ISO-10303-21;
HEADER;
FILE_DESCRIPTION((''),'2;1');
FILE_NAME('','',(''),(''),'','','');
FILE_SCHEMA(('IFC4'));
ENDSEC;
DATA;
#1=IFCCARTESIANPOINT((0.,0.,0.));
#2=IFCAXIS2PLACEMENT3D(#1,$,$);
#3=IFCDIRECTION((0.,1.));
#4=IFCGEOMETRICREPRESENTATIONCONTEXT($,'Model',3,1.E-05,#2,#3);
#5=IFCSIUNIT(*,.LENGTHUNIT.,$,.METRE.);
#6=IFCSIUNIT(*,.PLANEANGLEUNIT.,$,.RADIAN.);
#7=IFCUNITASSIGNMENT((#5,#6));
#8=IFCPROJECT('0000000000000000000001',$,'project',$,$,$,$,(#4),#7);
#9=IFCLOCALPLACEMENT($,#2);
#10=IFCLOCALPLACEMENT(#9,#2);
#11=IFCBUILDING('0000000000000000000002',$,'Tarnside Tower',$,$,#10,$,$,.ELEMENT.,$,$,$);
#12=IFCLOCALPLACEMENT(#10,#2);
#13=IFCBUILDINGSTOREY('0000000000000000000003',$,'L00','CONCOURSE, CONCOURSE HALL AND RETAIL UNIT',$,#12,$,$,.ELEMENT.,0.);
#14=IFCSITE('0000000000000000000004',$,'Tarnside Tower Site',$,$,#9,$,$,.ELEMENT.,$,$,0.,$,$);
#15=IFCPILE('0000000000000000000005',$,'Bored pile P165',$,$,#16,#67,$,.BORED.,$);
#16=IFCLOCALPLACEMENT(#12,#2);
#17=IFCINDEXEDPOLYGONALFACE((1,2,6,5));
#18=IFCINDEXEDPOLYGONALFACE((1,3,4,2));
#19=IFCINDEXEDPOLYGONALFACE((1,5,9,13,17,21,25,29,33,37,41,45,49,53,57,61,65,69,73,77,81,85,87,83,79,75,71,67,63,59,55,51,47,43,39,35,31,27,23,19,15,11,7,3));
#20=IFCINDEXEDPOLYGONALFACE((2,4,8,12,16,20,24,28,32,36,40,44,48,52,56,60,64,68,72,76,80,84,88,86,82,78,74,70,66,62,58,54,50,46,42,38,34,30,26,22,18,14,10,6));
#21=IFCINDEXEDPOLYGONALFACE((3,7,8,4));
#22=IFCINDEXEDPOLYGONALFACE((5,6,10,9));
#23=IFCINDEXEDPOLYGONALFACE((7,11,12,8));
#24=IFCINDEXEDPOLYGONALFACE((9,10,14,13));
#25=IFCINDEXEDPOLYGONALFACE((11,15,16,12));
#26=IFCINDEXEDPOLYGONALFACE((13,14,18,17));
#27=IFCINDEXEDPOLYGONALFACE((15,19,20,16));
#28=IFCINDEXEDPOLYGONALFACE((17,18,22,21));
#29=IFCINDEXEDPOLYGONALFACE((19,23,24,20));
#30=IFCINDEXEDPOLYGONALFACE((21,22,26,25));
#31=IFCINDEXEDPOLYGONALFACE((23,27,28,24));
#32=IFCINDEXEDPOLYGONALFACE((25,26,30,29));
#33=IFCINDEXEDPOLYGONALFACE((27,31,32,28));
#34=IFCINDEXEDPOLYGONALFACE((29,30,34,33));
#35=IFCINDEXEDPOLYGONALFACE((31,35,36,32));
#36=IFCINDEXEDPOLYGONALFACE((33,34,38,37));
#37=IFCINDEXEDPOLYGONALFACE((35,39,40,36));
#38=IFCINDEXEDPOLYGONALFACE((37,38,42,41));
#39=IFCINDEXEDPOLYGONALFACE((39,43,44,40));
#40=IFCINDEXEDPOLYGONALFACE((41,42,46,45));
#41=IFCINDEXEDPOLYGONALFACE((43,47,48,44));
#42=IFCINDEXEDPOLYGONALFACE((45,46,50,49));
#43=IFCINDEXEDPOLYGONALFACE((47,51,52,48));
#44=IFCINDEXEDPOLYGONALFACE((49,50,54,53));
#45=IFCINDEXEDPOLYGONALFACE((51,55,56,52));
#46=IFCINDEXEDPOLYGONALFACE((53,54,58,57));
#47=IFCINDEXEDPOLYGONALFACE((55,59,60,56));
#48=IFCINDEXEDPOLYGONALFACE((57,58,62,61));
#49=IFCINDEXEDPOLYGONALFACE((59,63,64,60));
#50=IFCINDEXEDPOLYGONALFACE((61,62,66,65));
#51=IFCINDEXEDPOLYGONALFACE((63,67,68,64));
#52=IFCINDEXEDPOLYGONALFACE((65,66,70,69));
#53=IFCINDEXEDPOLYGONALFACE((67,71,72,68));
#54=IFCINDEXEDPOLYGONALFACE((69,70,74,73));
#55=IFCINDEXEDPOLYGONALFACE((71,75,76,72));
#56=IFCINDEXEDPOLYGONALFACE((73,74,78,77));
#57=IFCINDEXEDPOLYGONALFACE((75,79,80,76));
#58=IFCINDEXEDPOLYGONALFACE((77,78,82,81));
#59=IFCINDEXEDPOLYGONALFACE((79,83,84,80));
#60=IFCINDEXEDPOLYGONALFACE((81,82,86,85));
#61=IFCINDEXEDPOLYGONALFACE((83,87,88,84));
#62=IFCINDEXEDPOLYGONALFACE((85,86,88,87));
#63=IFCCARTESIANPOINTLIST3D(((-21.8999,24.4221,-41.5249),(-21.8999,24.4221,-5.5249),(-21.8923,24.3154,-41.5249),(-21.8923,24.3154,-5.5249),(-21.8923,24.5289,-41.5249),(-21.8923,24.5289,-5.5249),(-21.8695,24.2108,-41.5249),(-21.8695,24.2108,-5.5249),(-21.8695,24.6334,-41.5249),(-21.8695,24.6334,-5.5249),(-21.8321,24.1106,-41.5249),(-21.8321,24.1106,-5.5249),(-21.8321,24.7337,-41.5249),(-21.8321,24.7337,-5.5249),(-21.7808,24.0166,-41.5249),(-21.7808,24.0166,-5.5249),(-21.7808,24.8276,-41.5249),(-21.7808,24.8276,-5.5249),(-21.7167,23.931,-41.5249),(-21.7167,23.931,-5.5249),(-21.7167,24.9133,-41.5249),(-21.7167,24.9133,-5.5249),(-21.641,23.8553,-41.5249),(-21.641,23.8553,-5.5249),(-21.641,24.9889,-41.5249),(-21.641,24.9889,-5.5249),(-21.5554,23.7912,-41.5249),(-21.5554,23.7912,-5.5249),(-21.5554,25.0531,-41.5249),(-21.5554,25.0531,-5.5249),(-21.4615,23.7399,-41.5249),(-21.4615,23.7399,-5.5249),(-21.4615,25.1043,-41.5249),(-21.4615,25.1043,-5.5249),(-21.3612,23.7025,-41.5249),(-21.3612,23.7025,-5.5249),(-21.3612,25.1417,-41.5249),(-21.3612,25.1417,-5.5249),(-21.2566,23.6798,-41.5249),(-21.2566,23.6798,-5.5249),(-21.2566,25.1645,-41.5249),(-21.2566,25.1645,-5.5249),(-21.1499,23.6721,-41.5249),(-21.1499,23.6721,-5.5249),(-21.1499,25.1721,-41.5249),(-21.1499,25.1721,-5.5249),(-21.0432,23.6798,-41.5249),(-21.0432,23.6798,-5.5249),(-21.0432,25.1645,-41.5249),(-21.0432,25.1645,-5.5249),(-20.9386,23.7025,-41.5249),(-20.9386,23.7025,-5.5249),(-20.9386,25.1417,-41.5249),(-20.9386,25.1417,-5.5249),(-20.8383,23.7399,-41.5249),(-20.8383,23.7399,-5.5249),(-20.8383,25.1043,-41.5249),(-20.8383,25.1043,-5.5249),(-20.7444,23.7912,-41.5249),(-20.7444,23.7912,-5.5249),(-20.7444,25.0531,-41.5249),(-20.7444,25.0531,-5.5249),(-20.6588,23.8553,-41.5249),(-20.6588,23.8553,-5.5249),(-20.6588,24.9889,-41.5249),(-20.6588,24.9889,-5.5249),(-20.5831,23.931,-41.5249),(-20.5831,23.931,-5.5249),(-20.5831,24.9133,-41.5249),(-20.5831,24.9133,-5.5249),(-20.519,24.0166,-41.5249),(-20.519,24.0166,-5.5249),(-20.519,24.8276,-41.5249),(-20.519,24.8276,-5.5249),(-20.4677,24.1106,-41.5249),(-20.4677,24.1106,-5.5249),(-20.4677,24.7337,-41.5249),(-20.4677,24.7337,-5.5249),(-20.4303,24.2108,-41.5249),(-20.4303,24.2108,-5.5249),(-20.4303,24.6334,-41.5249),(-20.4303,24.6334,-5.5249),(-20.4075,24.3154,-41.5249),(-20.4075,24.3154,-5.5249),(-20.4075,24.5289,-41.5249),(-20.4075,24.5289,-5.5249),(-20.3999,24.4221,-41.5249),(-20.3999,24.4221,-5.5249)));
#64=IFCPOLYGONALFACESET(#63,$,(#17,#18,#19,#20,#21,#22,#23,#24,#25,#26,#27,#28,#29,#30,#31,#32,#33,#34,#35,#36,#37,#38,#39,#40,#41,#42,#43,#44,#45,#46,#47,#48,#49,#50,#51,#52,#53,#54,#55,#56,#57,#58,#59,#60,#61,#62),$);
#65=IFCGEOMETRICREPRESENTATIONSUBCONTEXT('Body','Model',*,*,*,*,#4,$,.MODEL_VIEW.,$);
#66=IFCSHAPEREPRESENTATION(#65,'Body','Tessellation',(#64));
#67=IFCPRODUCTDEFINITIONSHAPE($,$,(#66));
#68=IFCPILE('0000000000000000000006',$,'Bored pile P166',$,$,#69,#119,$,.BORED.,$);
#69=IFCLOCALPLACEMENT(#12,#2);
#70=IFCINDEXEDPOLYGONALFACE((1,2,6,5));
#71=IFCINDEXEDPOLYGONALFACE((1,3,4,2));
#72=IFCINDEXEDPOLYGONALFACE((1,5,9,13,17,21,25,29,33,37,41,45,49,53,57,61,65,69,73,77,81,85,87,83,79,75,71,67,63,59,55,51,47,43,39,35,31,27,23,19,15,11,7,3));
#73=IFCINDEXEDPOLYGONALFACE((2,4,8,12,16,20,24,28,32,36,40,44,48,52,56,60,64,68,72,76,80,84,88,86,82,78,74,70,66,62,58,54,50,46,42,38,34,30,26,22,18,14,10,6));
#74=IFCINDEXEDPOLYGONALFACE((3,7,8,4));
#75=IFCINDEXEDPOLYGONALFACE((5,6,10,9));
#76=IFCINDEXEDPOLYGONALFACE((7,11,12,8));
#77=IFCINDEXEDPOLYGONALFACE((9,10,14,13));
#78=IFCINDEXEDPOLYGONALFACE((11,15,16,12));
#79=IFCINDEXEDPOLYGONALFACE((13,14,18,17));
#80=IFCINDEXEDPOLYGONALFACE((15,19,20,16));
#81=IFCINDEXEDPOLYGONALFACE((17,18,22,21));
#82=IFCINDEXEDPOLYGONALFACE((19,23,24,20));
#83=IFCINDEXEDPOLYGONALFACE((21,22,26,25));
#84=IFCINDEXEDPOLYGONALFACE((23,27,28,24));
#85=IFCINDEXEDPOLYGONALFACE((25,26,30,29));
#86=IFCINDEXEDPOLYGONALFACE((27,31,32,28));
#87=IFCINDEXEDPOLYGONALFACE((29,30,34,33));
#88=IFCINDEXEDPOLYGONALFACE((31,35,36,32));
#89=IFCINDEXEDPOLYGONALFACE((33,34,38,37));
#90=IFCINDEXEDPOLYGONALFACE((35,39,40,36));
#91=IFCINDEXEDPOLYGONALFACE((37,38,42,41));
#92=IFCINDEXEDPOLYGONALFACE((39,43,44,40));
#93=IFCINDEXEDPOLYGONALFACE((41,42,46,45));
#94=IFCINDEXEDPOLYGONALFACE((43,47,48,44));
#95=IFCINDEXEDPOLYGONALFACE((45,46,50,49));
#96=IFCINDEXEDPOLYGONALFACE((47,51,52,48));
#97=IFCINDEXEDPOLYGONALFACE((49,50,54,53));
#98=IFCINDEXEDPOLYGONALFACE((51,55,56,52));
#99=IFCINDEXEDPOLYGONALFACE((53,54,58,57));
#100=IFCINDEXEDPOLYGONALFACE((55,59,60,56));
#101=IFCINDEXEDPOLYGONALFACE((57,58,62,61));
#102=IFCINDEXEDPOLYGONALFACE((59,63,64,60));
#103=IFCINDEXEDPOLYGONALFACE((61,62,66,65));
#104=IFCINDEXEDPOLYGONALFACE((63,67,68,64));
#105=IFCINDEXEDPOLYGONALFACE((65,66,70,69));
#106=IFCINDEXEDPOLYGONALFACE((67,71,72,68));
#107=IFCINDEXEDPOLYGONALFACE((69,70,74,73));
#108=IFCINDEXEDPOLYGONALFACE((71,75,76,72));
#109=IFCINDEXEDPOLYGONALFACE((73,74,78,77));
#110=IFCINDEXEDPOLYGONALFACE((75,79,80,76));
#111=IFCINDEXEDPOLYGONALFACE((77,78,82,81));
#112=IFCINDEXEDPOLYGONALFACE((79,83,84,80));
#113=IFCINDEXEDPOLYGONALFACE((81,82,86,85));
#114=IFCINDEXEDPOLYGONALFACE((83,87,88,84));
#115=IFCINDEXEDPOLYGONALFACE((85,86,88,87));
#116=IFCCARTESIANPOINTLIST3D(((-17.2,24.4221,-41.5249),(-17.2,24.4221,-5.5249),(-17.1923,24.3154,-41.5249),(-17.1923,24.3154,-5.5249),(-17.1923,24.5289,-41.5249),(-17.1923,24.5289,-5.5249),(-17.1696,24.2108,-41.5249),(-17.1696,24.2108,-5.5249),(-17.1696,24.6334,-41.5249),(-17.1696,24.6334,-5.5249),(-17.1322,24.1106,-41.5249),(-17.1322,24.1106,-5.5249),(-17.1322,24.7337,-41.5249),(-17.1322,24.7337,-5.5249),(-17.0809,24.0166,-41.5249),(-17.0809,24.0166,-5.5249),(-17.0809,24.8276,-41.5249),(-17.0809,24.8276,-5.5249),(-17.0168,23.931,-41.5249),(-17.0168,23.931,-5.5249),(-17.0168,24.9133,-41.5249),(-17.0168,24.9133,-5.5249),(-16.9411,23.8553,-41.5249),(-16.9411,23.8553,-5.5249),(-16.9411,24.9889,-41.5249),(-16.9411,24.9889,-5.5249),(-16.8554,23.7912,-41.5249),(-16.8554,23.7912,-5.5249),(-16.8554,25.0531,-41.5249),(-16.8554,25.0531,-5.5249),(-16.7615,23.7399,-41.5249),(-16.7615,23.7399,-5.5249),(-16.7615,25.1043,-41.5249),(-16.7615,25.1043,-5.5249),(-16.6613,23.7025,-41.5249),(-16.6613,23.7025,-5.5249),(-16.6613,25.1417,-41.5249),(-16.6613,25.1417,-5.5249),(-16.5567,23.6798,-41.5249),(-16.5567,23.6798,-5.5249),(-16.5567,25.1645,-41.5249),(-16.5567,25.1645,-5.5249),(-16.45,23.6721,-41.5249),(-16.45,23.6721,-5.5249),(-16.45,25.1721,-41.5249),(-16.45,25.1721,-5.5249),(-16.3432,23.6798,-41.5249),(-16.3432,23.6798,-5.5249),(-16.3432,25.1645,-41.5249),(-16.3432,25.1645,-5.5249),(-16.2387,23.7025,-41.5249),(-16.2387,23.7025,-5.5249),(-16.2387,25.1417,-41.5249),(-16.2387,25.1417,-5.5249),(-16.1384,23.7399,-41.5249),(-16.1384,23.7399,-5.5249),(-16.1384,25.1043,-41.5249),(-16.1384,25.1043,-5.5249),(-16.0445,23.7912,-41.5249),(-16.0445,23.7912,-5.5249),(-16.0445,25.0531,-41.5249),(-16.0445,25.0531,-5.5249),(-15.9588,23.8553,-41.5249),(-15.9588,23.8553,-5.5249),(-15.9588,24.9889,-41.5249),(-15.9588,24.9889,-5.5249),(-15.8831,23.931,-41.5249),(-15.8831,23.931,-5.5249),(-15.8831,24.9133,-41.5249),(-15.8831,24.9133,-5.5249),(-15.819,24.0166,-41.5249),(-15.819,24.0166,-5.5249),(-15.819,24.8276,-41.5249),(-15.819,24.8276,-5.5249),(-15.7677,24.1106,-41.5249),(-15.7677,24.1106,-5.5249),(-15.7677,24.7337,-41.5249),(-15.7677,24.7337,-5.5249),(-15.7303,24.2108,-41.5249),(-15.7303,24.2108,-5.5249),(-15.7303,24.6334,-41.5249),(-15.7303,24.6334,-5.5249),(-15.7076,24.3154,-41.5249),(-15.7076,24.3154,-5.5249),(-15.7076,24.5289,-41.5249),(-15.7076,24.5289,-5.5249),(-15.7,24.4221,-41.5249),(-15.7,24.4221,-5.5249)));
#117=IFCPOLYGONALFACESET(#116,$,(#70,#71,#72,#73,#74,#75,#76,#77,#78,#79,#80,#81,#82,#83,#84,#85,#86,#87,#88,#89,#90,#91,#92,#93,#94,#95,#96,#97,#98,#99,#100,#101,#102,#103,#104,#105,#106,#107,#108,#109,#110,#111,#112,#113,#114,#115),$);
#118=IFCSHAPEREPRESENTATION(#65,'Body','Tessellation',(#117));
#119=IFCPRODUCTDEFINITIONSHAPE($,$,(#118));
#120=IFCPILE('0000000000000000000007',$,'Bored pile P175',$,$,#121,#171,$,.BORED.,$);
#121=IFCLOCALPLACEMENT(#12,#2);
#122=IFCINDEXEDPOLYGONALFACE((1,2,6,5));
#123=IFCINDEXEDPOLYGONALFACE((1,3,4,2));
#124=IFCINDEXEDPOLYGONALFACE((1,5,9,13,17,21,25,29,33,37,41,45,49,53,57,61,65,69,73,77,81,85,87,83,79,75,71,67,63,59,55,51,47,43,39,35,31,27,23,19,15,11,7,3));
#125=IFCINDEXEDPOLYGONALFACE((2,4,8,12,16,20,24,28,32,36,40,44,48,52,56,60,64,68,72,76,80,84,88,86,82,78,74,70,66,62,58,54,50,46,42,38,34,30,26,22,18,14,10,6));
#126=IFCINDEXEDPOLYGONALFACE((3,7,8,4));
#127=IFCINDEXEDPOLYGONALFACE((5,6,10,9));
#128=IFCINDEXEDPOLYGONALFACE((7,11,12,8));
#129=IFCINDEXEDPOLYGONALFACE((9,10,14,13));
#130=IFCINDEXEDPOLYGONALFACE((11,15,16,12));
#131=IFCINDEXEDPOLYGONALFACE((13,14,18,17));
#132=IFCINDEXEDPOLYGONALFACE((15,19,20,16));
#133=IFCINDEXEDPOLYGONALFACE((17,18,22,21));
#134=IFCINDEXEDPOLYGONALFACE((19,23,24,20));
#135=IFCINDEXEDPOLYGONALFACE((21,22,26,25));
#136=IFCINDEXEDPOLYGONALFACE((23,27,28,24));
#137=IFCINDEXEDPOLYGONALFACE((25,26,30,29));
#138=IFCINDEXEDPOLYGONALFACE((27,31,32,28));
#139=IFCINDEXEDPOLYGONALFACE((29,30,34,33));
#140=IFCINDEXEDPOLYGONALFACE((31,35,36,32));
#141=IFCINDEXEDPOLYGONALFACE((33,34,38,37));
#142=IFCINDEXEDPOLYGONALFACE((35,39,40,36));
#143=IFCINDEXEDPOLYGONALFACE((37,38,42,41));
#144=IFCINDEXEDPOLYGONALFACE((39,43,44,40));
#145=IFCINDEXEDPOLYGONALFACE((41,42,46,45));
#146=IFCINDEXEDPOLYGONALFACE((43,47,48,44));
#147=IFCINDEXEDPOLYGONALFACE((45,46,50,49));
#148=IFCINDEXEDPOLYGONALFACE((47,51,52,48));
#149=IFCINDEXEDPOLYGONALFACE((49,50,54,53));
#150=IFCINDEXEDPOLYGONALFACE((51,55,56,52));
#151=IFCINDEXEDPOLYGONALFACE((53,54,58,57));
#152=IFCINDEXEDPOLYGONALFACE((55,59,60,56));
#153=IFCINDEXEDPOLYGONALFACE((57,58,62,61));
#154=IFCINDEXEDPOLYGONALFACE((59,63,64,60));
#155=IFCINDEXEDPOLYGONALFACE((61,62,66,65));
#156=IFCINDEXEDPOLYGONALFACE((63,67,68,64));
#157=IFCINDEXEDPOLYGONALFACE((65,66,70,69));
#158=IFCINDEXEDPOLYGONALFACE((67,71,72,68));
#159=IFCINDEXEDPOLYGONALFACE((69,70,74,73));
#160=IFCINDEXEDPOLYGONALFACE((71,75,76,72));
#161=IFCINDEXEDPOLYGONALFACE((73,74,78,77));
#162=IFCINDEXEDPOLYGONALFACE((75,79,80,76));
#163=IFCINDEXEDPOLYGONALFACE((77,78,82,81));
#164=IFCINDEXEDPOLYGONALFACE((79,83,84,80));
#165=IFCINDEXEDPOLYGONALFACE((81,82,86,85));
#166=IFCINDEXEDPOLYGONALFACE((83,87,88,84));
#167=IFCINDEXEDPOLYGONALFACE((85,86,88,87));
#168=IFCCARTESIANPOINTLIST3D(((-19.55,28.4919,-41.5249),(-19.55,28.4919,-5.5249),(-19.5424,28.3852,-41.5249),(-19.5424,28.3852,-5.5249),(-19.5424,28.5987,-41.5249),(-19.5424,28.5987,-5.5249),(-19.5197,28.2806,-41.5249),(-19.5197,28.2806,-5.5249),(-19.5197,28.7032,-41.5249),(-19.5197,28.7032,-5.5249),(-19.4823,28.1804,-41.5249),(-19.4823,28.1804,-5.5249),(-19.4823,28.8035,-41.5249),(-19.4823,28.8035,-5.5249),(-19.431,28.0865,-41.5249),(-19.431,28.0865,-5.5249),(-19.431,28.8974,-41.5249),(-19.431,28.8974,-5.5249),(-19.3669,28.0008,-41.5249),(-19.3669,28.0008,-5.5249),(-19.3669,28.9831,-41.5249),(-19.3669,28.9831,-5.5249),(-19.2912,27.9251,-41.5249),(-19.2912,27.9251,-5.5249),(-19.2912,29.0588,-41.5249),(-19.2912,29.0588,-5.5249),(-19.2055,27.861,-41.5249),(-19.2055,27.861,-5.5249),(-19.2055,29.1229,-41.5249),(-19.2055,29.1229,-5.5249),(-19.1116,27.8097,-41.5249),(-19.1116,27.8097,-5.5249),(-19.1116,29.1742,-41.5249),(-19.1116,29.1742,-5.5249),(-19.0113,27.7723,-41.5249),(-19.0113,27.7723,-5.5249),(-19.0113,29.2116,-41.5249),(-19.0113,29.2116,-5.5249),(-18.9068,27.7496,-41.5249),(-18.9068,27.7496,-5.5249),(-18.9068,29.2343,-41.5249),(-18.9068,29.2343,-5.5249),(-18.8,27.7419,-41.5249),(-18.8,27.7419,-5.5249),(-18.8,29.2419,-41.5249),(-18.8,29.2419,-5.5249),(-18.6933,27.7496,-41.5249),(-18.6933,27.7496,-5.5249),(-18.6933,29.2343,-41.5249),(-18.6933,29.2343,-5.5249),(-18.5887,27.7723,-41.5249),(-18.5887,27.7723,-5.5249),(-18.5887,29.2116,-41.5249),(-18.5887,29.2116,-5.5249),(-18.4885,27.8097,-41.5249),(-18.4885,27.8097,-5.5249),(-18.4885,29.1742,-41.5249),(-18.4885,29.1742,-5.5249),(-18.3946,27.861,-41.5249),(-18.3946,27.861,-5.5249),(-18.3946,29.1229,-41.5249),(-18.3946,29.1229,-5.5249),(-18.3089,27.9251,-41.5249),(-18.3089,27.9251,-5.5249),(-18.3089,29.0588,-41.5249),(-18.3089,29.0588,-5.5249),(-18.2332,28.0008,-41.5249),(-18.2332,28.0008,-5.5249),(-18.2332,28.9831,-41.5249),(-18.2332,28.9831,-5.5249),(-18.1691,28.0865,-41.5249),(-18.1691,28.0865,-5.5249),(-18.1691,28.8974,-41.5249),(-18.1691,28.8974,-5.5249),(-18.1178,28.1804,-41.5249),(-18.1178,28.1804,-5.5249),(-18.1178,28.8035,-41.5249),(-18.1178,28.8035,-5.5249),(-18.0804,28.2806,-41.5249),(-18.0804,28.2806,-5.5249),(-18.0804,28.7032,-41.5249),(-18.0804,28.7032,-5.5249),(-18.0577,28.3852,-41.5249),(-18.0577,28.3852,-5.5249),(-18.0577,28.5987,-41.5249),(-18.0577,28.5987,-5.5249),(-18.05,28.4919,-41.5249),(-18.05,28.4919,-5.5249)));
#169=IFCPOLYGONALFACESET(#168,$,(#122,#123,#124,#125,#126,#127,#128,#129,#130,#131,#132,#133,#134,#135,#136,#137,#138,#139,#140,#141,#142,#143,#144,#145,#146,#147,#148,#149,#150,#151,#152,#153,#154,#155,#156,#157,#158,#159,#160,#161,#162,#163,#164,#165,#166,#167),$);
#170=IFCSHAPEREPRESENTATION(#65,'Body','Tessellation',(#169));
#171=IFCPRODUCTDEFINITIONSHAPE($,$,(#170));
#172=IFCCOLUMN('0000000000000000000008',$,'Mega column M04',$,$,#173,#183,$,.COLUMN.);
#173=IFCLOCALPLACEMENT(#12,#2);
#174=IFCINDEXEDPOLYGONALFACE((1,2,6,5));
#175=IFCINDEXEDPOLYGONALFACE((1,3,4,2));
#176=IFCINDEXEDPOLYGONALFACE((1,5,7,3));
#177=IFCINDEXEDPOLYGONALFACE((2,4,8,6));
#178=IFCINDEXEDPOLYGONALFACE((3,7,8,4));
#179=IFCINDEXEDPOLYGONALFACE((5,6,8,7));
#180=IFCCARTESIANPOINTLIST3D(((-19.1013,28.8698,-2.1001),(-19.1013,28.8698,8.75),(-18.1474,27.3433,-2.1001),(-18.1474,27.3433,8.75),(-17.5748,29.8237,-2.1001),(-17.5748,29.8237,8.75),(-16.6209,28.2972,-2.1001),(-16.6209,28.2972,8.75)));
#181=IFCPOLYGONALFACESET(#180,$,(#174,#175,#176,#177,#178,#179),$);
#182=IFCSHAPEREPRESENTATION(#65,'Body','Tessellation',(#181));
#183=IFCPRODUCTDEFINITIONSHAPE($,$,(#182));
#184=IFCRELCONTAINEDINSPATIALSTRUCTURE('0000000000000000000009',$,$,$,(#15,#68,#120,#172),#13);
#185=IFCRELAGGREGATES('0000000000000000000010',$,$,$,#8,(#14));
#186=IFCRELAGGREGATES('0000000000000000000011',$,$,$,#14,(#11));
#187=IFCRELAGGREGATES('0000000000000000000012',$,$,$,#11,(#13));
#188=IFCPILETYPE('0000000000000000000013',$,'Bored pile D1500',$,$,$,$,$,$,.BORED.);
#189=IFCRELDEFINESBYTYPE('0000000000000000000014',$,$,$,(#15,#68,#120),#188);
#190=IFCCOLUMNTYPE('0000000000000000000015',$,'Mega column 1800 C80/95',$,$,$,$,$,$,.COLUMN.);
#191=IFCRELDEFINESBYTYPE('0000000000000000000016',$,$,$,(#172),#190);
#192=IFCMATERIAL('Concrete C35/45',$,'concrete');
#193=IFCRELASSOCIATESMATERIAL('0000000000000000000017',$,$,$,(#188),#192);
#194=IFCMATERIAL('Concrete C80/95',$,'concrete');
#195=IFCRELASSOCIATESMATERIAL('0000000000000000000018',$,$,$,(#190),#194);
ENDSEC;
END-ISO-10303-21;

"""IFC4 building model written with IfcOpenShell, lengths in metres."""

from ifc_helpers import new_model, si_unit, direction, frame, origin, origin_2d, place, context, subcontext, project, spatial, rectangle, circle, extrude, material, material_profile, profile_set, type_object, element, save


model = new_model("IFC4")

# Units and contexts
model_context = context("Model", 3, precision=1e-05, world=origin(), true_north=direction((0.0, 1.0)))
body_context = subcontext(model_context, "Body", "Model", "MODEL_VIEW")
ifc_project = project(units=[si_unit("LENGTHUNIT", "METRE"), si_unit("PLANEANGLEUNIT", "RADIAN")], contexts=[model_context])

# Site, building, storey
site_placement = place(None, origin())
site = spatial("IfcSite", under=ifc_project, at=site_placement, Name="Tarnside Tower Site", CompositionType="ELEMENT", RefElevation=0.0)
building_placement = place(site_placement, origin())
building = spatial("IfcBuilding", under=site, at=building_placement, Name="Tarnside Tower", CompositionType="ELEMENT")
storey_placement = place(building_placement, origin())
storey = spatial("IfcBuildingStorey", under=building, at=storey_placement, Name="L00", Description="CONCOURSE, CONCOURSE HALL AND RETAIL UNIT", CompositionType="ELEMENT", Elevation=0.0)

# Piles
ifc_material_1 = material(Name="Concrete C35/45", Category="concrete")
ifc_material_profile_1 = material_profile(ifc_material_1, circle(Radius=0.75, at=origin_2d()), Name="Bored pile D1500")
ifc_profile_set_1 = profile_set([ifc_material_profile_1], Name="Concrete C35/45")
pile_type = type_object("IfcPileType", Name="Bored pile D1500", PredefinedType="BORED", material=ifc_profile_set_1)
for number, where, z_axis, x_axis, name in (
    (1, (-21.1499, 24.4221, -5.5249), (0.0, 0.0, -1.0), (1.0, 0.0, 0.0), "Bored pile P165"),
    (2, (-16.45, 24.4221, -5.5249), (0.0, 0.0, -1.0), (1.0, 0.0, 0.0), "Bored pile P166"),
    (3, (-18.8, 28.4919, -5.5249), (0.0, 0.0, -1.0), (1.0, 0.0, 0.0), "Bored pile P175"),
):
    element("IfcPile", number, at=place(storey_placement, frame(where, z_axis=z_axis, x_axis=x_axis)), inside=storey, type_object=pile_type, Name=name, PredefinedType="BORED", context=body_context, shape_type="SweptSolid", body=[
        extrude(circle(Radius=0.75, at=origin_2d()), origin(), (0.0, 0.0, 1.0), 36.0),
    ])

# Column
ifc_material_2 = material(Name="Concrete C80/95", Category="concrete")
ifc_material_profile_2 = material_profile(ifc_material_2, rectangle(XDim=1.8, YDim=1.8, at=origin_2d()), Name="Mega column 1800x1800")
ifc_profile_set_2 = profile_set([ifc_material_profile_2], Name="Concrete C80/95")
column_type = type_object("IfcColumnType", Name="Mega column 1800 C80/95", PredefinedType="COLUMN", material=ifc_profile_set_2)
column_placement = place(storey_placement, frame((-17.8611, 28.5835, -2.1001), z_axis=(0.0, 0.0, 1.0), x_axis=(0.848048, 0.529919, 0.0)))
element("IfcColumn", 4, at=column_placement, inside=storey, type_object=column_type, Name="Mega column M04", PredefinedType="COLUMN", context=body_context, shape_type="SweptSolid", body=[
    extrude(rectangle(XDim=1.8, YDim=1.8, at=origin_2d()), origin(), (0.0, 0.0, 1.0), 10.8501),
])

save(model, "model.ifc")
